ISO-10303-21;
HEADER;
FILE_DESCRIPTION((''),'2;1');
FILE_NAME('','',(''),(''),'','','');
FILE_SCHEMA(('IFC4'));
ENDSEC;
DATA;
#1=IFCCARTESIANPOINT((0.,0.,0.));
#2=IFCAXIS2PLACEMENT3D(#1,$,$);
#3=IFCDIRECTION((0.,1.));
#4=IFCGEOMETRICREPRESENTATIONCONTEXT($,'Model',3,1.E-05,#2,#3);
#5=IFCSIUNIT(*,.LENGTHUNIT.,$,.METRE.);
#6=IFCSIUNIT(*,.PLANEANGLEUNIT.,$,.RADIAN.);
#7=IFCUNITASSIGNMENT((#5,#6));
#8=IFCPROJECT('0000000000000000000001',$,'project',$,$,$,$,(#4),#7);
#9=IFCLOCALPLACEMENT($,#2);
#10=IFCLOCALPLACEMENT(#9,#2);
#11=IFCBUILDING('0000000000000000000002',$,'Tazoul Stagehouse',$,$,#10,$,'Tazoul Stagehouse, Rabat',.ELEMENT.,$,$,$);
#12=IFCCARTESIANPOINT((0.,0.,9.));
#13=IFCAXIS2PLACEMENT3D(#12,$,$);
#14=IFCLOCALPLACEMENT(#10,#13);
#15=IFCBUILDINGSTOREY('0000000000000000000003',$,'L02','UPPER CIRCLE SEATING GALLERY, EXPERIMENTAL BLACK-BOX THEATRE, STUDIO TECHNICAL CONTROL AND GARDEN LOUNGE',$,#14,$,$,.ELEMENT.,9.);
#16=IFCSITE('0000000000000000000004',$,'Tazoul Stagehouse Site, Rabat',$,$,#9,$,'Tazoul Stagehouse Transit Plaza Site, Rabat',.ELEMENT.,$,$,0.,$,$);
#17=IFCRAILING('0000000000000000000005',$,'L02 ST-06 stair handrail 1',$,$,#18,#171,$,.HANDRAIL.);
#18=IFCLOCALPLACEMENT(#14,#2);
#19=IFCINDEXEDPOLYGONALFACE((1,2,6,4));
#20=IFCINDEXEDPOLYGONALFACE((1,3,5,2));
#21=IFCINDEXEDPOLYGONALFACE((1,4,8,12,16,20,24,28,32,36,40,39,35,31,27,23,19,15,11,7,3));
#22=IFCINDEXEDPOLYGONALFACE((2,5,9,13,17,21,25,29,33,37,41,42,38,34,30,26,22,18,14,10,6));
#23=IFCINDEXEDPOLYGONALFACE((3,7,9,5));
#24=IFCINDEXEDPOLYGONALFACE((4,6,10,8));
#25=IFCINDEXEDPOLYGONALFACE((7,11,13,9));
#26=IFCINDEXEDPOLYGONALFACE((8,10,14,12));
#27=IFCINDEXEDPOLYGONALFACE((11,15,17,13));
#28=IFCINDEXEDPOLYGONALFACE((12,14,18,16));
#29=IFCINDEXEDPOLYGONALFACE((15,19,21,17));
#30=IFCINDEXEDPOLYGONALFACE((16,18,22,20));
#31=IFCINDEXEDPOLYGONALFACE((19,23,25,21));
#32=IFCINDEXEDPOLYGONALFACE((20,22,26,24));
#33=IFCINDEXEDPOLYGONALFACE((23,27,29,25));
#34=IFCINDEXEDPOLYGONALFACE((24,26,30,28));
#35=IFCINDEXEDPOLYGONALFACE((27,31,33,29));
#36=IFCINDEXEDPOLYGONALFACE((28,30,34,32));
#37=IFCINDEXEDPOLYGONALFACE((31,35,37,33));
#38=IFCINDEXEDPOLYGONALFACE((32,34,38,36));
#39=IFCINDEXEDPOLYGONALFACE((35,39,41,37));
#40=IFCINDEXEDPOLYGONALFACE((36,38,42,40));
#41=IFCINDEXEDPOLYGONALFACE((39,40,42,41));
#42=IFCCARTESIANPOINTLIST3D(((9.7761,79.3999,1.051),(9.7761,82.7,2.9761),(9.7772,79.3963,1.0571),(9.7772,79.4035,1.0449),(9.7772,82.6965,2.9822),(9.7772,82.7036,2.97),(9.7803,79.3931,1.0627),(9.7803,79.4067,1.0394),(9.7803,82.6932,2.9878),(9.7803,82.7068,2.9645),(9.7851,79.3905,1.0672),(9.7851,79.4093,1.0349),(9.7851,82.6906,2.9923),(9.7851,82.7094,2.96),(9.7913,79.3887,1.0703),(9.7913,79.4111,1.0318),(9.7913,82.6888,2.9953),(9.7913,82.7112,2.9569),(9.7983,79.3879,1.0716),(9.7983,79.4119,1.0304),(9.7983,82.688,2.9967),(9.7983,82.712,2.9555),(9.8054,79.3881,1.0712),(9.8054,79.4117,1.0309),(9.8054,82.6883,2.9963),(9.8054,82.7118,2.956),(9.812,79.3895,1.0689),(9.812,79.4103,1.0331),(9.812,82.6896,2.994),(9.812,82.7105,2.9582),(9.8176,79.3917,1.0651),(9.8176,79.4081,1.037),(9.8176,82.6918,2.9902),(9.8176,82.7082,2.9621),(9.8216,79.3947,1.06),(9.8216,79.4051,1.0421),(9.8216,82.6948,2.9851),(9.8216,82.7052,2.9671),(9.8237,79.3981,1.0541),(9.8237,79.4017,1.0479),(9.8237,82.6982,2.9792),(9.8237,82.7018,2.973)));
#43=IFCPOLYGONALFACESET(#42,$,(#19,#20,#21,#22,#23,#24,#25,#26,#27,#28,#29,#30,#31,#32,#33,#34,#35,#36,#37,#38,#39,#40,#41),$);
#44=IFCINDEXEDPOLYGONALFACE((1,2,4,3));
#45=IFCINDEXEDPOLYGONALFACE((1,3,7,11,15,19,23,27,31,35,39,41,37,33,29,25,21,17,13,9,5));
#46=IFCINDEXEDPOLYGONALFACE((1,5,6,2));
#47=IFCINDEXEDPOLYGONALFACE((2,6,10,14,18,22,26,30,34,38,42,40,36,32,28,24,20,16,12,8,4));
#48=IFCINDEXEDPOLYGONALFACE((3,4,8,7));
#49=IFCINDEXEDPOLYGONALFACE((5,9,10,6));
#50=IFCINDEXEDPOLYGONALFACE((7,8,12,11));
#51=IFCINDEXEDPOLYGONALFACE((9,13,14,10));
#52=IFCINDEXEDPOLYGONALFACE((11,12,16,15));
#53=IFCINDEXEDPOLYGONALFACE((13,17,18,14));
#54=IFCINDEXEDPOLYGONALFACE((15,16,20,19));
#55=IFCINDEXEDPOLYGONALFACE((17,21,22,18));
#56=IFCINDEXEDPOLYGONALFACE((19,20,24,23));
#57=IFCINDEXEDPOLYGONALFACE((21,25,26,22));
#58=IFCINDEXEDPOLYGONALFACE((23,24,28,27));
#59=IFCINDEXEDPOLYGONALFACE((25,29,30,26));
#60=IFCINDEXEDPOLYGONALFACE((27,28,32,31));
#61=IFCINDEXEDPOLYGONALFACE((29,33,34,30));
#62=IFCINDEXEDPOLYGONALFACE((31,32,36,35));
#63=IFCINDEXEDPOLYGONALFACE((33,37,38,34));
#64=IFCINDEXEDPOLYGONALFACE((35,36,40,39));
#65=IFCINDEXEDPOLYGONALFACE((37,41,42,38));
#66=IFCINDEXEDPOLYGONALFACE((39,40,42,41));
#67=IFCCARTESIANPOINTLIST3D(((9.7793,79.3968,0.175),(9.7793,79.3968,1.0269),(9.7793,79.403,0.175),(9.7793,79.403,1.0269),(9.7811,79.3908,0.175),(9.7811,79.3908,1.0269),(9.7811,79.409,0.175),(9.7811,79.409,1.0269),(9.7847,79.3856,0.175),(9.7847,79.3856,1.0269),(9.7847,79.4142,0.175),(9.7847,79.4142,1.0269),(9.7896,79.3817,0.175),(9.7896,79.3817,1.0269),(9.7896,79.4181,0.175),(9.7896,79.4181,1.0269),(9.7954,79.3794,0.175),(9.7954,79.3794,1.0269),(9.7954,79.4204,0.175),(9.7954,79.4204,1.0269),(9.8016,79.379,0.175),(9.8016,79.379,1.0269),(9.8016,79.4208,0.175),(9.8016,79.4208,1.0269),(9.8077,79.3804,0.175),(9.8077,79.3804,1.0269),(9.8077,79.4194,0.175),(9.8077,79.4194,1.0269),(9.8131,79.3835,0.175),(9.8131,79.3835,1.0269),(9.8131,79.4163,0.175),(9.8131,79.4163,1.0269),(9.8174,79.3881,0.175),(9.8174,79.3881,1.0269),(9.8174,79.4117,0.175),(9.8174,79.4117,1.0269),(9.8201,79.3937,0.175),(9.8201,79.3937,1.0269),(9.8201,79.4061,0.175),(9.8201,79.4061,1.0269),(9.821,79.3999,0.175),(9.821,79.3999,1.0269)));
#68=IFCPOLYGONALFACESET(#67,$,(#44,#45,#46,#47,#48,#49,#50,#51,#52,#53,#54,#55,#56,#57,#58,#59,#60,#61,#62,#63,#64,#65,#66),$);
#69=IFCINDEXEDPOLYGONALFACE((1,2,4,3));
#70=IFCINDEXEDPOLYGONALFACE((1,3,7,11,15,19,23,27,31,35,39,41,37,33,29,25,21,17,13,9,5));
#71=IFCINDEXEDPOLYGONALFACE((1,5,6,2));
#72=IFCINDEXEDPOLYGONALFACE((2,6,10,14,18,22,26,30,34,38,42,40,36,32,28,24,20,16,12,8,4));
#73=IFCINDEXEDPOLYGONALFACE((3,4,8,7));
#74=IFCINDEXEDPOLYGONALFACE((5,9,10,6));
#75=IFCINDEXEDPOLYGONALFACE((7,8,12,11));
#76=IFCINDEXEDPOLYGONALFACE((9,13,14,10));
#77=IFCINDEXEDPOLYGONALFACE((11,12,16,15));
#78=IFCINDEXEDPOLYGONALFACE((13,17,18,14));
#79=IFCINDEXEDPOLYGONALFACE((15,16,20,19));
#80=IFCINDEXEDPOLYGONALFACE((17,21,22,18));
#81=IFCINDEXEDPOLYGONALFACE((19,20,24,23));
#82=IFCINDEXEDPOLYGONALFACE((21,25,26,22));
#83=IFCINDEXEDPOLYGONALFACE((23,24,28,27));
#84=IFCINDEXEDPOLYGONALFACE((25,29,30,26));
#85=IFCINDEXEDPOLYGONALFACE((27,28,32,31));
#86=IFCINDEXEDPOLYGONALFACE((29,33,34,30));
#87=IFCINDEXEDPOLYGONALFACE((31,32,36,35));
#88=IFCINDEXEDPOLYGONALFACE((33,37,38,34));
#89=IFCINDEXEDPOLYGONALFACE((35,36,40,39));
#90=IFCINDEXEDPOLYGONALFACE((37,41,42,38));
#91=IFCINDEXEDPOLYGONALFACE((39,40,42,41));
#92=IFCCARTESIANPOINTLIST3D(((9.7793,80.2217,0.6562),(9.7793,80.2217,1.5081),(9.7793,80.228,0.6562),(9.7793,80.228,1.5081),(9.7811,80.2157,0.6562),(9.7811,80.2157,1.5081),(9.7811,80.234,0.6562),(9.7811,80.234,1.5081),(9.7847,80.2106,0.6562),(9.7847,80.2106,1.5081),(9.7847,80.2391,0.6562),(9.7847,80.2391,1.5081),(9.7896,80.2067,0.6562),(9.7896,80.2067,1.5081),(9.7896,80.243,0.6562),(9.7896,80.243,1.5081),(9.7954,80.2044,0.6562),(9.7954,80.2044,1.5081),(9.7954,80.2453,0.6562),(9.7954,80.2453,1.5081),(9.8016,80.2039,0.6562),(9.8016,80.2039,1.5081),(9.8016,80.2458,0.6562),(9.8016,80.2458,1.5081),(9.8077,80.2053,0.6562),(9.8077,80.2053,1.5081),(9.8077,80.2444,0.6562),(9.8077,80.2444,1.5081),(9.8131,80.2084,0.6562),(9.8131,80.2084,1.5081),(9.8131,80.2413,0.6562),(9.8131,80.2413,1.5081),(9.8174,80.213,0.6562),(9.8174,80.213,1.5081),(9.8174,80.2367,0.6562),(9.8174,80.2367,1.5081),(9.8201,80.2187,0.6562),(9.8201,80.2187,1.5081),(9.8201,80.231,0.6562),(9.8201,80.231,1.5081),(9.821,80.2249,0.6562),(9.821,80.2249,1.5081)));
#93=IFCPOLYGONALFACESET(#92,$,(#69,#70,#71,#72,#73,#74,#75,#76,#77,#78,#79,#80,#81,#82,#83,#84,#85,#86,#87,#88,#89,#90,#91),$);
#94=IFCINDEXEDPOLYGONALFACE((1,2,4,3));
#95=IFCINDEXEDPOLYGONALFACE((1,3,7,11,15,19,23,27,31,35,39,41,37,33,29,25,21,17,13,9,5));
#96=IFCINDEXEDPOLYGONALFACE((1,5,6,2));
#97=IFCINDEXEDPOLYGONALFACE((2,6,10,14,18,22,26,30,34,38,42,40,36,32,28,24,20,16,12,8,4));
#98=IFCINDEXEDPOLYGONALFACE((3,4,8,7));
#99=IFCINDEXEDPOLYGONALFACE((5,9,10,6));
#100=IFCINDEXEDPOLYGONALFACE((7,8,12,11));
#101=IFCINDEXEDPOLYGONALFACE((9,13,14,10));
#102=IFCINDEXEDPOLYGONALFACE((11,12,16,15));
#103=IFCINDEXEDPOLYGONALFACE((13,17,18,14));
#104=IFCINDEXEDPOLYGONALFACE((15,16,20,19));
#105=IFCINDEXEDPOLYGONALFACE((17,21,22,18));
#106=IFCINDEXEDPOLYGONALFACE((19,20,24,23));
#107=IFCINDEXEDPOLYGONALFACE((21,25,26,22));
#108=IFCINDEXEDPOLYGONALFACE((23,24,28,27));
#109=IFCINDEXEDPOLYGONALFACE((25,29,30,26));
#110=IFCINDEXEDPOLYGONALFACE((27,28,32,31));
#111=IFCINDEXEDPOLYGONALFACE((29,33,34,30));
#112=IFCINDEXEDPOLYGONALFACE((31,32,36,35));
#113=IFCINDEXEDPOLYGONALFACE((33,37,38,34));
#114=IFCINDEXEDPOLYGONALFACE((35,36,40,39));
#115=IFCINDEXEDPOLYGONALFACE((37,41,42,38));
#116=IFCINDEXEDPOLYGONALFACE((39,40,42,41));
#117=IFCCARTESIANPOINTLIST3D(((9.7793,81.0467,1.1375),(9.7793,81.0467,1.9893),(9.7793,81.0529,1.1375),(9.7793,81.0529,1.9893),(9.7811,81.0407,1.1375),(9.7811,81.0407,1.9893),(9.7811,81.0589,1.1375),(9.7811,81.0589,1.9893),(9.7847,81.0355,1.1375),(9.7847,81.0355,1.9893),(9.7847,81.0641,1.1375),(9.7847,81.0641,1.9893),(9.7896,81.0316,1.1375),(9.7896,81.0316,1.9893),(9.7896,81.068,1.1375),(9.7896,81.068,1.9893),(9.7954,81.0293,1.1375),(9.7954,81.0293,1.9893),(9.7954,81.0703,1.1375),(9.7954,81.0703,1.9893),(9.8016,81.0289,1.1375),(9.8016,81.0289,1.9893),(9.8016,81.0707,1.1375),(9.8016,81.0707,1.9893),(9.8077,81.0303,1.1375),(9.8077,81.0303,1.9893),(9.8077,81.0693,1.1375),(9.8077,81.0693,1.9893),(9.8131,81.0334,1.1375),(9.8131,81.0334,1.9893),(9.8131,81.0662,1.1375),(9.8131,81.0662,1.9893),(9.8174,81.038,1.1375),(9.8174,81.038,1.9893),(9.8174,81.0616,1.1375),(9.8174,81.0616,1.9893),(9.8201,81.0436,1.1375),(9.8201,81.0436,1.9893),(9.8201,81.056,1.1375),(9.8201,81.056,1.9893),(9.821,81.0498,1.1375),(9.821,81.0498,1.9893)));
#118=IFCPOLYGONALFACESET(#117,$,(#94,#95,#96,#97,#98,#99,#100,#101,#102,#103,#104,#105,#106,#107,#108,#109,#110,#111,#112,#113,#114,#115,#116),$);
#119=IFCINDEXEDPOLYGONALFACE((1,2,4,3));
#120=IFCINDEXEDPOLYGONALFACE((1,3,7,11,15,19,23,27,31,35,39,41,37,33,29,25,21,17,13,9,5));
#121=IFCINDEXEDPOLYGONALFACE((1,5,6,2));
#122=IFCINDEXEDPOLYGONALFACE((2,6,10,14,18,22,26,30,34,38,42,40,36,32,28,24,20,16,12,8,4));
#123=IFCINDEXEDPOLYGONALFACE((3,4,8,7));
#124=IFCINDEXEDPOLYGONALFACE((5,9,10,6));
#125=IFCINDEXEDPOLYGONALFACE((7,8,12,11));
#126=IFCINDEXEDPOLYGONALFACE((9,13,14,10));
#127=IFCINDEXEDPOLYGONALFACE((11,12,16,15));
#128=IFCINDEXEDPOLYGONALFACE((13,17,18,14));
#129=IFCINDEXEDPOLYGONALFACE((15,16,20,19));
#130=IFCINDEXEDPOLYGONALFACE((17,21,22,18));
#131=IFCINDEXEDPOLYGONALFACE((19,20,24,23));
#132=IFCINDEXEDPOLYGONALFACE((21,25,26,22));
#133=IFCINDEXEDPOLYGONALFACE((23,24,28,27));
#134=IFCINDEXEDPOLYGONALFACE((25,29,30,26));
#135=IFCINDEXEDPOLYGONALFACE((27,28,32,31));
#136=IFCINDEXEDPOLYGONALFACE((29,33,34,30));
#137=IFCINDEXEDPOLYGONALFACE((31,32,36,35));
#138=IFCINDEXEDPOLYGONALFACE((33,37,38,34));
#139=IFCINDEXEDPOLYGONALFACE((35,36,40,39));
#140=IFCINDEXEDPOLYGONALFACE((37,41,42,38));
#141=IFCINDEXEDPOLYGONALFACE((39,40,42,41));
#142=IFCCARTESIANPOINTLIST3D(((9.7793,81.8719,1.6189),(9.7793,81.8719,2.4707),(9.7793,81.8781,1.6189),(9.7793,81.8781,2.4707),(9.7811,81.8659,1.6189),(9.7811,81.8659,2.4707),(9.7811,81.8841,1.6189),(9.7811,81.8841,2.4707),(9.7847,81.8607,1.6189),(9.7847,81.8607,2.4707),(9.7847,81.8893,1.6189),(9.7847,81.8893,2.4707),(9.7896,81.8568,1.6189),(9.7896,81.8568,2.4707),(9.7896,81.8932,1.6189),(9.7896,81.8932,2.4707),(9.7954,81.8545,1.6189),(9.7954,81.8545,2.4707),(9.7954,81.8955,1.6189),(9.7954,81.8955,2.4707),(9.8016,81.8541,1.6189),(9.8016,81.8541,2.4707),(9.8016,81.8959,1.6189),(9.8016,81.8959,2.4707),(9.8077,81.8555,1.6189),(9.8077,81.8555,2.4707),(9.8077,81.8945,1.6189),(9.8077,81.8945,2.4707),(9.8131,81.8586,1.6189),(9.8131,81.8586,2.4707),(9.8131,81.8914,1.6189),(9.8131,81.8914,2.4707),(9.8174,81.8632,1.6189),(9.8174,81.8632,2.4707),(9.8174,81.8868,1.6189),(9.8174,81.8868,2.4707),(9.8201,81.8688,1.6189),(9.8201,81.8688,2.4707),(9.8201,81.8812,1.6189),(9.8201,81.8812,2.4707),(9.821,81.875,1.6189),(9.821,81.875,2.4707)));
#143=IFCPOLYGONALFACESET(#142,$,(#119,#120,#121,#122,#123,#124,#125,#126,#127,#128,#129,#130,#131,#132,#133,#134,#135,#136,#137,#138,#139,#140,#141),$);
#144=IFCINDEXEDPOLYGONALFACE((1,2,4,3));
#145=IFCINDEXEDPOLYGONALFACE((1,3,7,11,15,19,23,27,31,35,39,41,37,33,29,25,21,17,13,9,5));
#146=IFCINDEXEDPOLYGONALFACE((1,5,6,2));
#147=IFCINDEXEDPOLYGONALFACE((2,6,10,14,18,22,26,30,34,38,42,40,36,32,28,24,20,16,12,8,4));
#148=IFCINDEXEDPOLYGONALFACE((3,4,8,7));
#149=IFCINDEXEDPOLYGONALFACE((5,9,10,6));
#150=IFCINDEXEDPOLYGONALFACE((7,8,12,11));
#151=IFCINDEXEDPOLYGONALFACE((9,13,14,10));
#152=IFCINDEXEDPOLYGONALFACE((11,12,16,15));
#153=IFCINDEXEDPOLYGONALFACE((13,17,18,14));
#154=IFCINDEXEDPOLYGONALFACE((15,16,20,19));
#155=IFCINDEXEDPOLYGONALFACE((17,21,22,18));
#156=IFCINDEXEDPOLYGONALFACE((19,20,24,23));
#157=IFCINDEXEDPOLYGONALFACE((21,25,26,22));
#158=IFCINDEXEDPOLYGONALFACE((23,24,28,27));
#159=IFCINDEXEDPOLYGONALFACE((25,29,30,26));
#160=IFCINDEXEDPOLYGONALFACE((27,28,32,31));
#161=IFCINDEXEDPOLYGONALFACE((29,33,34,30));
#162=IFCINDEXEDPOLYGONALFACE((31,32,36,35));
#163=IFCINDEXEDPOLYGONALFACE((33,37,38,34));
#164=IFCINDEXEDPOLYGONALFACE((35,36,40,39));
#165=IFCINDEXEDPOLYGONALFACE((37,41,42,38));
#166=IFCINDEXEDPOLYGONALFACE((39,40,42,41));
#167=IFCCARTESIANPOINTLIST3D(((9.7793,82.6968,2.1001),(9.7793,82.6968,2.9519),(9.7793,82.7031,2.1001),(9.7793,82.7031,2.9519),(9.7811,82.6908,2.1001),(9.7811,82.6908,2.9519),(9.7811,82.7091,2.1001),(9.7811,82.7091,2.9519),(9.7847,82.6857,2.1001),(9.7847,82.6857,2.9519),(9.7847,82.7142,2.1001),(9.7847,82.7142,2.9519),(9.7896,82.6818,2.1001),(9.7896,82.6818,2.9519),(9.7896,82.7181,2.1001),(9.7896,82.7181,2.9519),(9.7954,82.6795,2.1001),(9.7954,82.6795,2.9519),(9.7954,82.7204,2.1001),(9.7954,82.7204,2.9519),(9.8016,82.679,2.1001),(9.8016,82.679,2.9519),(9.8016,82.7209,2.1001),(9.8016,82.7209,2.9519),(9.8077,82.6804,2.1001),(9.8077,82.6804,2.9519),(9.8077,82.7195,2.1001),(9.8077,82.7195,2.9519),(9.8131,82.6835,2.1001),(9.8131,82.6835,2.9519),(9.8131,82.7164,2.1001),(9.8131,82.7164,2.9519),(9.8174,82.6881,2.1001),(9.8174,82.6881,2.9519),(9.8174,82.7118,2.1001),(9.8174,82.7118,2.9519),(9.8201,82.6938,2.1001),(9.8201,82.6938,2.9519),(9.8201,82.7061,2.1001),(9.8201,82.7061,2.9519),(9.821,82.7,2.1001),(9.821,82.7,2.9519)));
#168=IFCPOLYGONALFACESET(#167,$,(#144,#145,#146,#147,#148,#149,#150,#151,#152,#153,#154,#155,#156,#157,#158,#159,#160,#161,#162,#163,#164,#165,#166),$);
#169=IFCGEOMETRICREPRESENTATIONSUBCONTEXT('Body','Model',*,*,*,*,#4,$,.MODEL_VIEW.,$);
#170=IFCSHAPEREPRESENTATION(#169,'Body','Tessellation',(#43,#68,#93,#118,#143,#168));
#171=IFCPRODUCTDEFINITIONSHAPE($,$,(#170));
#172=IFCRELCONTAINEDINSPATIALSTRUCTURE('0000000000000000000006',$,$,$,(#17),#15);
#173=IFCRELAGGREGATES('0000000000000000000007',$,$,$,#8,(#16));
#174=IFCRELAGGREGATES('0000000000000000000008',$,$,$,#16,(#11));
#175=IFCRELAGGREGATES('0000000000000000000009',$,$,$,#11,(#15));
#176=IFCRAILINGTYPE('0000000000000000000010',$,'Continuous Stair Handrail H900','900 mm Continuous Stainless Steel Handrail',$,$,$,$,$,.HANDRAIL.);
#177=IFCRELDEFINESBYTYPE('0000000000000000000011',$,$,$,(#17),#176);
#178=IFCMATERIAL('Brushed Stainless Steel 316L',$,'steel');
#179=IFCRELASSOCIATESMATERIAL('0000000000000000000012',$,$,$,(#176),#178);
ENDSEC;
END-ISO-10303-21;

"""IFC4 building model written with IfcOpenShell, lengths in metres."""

from ifc_helpers import new_model, si_unit, direction, frame, origin, origin_2d, place, context, subcontext, project, spatial, circle, extrude, material, material_profile, profile_set, type_object, element, save


model = new_model("IFC4")

# Units and contexts
model_context = context("Model", 3, precision=1e-05, world=origin(), true_north=direction((0.0, 1.0)))
body_context = subcontext(model_context, "Body", "Model", "MODEL_VIEW")
ifc_project = project(units=[si_unit("LENGTHUNIT", "METRE"), si_unit("PLANEANGLEUNIT", "RADIAN")], contexts=[model_context])

# Site, building, storey
site_placement = place(None, origin())
site = spatial("IfcSite", under=ifc_project, at=site_placement, Name="Tazoul Stagehouse Site, Rabat", LongName="Tazoul Stagehouse Transit Plaza Site, Rabat", CompositionType="ELEMENT", RefElevation=0.0)
building_placement = place(site_placement, origin())
building = spatial("IfcBuilding", under=site, at=building_placement, Name="Tazoul Stagehouse", LongName="Tazoul Stagehouse, Rabat", CompositionType="ELEMENT")
storey_placement = place(building_placement, frame((0.0, 0.0, 9.0)))
storey = spatial("IfcBuildingStorey", under=building, at=storey_placement, Name="L02", Description="UPPER CIRCLE SEATING GALLERY, EXPERIMENTAL BLACK-BOX THEATRE, STUDIO TECHNICAL CONTROL AND GARDEN LOUNGE", CompositionType="ELEMENT", Elevation=9.0)

# Railing
ifc_material_1 = material(Name="Brushed Stainless Steel 316L", Category="steel")
ifc_material_profile_1 = material_profile(ifc_material_1, circle(Radius=0.021, at=origin_2d()), Name="SS HANDRAIL D42")
ifc_profile_set_1 = profile_set([ifc_material_profile_1], Name="Brushed Stainless Steel 316L")
railing_type_1 = type_object("IfcRailingType", Name="Continuous Stair Handrail H900", Description="900 mm Continuous Stainless Steel Handrail", PredefinedType="HANDRAIL", material=ifc_profile_set_1)
railing_1_placement = place(storey_placement, frame((9.8, 79.3999, 0.175)))
element("IfcRailing", 1, at=railing_1_placement, inside=storey, type_object=railing_type_1, Name="L02 ST-06 stair handrail 1", PredefinedType="HANDRAIL", context=body_context, shape_type="SweptSolid", body=[
    extrude(circle(Radius=0.0239, at=origin_2d()), frame((0.0, 0.0, 0.876), z_axis=(0.0, 0.863777, 0.503875), x_axis=(-1.0, 0.0, 0.0)), (0.0, 0.0, 1.0), 3.8206),
    extrude(circle(Radius=0.021, at=origin_2d()), origin(), (0.0, 0.0, 1.0), 0.8518),
    extrude(circle(Radius=0.021, at=origin_2d()), frame((0.0, 0.825, 0.4812)), (0.0, 0.0, 1.0), 0.8518),
    extrude(circle(Radius=0.021, at=origin_2d()), frame((0.0, 1.6499, 0.9624)), (0.0, 0.0, 1.0), 0.8518),
    extrude(circle(Radius=0.021, at=origin_2d()), frame((0.0, 2.4751, 1.4438)), (0.0, 0.0, 1.0), 0.8518),
    extrude(circle(Radius=0.021, at=origin_2d()), frame((0.0, 3.3, 1.925)), (0.0, 0.0, 1.0), 0.8518),
])

save(model, "model.ifc")
